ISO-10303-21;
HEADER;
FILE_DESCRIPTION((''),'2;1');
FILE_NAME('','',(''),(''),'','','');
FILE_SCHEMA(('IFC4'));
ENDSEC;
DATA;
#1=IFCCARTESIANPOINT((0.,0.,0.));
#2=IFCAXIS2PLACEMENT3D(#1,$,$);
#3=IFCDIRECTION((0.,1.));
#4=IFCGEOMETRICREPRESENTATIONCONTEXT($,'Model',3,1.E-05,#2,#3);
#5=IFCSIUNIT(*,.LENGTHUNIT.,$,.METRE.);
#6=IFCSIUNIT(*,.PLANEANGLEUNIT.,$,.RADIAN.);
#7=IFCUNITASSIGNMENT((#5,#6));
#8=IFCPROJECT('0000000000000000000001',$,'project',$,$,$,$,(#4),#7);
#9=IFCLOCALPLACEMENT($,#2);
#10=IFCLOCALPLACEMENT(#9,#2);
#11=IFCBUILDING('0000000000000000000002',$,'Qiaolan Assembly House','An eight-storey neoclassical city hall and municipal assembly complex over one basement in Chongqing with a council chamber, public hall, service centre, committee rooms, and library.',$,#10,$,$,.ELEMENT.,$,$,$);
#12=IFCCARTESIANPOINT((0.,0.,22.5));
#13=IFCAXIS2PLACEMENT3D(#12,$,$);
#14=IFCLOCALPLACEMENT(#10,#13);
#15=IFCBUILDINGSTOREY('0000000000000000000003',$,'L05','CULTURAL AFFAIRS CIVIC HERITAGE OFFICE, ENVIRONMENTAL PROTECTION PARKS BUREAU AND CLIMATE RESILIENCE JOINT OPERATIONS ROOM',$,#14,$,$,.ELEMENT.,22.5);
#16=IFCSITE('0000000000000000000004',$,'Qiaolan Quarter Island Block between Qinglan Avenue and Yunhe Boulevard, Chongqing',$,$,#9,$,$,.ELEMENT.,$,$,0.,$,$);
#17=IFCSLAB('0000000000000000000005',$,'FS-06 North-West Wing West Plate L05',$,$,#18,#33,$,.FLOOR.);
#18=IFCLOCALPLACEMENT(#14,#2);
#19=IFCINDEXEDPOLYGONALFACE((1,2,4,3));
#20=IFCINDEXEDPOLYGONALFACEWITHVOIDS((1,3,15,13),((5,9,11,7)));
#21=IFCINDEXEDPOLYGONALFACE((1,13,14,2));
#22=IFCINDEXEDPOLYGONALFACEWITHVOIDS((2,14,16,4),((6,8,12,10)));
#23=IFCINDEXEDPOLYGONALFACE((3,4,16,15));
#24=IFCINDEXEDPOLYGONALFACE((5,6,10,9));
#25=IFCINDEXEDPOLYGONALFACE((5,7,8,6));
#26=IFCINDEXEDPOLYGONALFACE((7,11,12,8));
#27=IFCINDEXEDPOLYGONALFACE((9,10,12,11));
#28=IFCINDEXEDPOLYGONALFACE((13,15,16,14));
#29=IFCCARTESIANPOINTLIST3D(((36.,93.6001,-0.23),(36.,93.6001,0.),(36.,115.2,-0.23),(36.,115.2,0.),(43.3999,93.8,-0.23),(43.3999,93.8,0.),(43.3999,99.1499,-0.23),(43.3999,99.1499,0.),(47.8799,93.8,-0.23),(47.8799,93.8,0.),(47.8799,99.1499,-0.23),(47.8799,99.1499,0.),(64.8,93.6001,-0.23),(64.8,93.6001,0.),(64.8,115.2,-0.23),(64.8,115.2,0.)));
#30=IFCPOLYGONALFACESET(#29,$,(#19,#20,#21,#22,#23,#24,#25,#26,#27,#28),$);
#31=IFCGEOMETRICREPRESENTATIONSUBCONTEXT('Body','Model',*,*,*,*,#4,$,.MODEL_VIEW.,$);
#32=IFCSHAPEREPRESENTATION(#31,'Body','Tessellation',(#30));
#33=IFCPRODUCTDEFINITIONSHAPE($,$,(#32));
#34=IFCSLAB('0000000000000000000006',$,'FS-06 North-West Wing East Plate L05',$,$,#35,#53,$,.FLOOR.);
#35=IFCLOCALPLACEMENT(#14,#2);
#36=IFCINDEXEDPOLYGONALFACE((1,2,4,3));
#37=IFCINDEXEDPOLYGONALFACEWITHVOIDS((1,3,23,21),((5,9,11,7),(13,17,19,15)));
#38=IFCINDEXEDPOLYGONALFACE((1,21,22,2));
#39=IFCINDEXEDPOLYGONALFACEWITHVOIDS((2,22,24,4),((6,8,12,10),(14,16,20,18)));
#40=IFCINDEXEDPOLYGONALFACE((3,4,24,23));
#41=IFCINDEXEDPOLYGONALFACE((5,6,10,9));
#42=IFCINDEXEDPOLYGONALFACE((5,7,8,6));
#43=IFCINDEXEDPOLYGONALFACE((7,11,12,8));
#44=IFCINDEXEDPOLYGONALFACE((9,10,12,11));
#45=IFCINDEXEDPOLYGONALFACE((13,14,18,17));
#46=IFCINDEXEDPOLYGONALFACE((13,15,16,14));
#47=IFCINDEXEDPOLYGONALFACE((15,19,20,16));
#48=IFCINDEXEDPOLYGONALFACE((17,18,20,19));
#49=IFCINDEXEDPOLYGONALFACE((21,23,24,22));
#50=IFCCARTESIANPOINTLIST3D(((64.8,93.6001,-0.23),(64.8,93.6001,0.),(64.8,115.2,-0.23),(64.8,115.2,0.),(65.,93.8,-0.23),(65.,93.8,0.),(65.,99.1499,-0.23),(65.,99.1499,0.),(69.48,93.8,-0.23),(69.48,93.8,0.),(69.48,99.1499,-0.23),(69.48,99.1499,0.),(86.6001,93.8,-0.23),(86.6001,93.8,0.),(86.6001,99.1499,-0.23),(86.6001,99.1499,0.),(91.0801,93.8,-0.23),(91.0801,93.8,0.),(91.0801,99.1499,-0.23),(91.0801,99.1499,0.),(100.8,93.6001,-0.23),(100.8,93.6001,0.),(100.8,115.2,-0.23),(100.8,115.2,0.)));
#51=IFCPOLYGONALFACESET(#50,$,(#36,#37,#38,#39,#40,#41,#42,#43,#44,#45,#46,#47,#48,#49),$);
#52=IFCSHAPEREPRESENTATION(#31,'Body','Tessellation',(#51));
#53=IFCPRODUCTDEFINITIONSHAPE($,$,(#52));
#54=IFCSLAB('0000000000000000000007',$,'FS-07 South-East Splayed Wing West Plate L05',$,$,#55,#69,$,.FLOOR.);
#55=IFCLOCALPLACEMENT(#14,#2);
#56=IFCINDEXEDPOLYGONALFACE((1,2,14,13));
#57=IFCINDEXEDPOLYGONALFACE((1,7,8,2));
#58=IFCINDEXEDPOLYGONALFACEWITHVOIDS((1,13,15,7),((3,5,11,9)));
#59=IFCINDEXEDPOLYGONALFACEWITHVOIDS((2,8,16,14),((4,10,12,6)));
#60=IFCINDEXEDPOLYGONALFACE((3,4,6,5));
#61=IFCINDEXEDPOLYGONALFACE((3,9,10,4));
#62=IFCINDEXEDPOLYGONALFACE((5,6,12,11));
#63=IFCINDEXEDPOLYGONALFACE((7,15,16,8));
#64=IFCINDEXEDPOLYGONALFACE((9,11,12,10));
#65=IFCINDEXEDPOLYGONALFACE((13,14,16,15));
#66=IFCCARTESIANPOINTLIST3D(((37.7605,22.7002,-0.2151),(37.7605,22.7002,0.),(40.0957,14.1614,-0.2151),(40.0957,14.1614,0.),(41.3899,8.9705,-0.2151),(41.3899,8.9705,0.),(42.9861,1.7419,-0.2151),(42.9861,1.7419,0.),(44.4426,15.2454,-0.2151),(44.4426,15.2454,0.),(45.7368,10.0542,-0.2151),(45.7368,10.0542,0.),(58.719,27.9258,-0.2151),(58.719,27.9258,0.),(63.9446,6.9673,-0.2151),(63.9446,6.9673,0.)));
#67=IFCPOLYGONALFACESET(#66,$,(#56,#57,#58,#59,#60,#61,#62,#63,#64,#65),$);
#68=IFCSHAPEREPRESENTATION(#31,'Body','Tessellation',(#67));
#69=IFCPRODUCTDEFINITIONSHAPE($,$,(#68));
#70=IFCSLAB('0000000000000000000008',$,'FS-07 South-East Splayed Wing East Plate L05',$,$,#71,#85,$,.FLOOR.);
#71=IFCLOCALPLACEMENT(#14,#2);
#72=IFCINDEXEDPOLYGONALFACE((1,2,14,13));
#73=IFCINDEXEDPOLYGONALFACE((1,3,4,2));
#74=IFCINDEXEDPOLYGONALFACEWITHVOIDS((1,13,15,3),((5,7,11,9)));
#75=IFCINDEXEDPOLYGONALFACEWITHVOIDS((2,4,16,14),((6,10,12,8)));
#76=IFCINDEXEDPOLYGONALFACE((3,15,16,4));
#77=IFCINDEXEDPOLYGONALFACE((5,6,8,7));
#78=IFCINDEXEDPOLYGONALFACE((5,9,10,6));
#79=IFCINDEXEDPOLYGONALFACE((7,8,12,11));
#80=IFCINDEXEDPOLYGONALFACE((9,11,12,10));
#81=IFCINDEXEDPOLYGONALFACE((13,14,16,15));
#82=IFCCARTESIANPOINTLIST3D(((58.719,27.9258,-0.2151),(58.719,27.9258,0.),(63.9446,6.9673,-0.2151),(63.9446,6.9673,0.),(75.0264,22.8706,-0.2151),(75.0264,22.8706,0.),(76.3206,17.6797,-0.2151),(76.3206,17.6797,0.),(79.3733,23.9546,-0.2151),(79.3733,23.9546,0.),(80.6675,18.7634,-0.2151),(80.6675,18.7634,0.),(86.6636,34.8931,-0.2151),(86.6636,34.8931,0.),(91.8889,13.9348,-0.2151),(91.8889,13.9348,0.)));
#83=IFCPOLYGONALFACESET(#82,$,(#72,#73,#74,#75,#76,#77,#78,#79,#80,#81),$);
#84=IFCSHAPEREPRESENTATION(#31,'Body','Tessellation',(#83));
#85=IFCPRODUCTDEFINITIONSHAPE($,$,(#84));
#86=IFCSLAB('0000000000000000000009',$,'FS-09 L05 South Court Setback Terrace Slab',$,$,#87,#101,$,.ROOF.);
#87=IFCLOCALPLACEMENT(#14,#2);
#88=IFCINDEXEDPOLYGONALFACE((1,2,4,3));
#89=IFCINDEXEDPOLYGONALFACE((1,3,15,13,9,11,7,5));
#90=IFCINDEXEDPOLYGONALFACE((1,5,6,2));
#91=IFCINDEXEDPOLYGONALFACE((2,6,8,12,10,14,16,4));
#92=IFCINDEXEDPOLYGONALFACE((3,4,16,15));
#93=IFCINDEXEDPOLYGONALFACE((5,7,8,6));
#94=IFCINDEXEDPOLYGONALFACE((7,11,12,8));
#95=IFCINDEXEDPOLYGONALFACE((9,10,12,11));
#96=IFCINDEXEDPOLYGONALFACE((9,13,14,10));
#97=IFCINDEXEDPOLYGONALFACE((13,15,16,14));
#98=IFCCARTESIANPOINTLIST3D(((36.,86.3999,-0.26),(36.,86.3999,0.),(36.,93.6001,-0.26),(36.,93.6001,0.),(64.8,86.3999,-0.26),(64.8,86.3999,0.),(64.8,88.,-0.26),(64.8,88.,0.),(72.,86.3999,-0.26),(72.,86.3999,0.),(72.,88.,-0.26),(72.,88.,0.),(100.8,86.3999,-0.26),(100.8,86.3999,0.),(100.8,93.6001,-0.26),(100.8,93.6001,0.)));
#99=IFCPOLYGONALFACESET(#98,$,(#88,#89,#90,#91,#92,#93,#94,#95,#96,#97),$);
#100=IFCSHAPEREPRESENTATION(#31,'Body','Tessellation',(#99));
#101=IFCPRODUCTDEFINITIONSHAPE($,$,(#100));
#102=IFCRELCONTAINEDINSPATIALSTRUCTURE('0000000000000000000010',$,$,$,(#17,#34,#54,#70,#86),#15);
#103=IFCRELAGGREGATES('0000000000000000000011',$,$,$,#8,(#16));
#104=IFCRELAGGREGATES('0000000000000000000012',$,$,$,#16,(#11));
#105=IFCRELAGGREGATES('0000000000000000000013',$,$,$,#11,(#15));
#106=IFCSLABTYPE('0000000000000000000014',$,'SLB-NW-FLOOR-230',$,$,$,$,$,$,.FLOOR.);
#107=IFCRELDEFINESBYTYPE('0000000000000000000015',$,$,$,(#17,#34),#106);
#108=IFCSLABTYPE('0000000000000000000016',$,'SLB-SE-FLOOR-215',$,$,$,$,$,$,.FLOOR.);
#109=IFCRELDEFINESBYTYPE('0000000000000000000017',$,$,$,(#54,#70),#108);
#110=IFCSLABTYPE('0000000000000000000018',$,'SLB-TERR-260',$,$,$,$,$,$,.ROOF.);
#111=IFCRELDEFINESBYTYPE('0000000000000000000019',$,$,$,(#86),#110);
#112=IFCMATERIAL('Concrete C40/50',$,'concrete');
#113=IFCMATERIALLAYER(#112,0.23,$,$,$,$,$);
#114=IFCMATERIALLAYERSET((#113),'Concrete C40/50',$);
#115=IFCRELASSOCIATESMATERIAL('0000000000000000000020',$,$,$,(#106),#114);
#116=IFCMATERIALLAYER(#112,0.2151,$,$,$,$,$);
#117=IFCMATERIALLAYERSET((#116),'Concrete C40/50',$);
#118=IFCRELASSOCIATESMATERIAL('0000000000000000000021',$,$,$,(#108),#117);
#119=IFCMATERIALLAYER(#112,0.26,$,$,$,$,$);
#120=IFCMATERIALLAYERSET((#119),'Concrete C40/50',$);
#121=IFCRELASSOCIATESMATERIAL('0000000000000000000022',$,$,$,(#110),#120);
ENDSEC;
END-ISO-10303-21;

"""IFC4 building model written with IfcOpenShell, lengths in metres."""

from ifc_helpers import new_model, si_unit, direction, frame, origin, place, context, subcontext, project, spatial, polyline, outline, extrude, material, layer, layer_set, type_object, element, save


model = new_model("IFC4")

# Units and contexts
model_context = context("Model", 3, precision=1e-05, world=origin(), true_north=direction((0.0, 1.0)))
body_context = subcontext(model_context, "Body", "Model", "MODEL_VIEW")
ifc_project = project(units=[si_unit("LENGTHUNIT", "METRE"), si_unit("PLANEANGLEUNIT", "RADIAN")], contexts=[model_context])

# Site, building, storey
site_placement = place(None, origin())
site = spatial("IfcSite", under=ifc_project, at=site_placement, Name="Qiaolan Quarter Island Block between Qinglan Avenue and Yunhe Boulevard, Chongqing", CompositionType="ELEMENT", RefElevation=0.0)
building_placement = place(site_placement, origin())
building = spatial("IfcBuilding", under=site, at=building_placement, Name="Qiaolan Assembly House", Description="An eight-storey neoclassical city hall and municipal assembly complex over one basement in Chongqing with a council chamber, public hall, service centre, committee rooms, and library.", CompositionType="ELEMENT")
storey_placement = place(building_placement, frame((0.0, 0.0, 22.5)))
storey = spatial("IfcBuildingStorey", under=building, at=storey_placement, Name="L05", Description="CULTURAL AFFAIRS CIVIC HERITAGE OFFICE, ENVIRONMENTAL PROTECTION PARKS BUREAU AND CLIMATE RESILIENCE JOINT OPERATIONS ROOM", CompositionType="ELEMENT", Elevation=22.5)

# Shared definitions
ifc_material_1 = material(Name="Concrete C40/50", Category="concrete")

# Slabs
ifc_layer_1 = layer(ifc_material_1, 0.23)
ifc_layer_set_1 = layer_set([ifc_layer_1], Name="Concrete C40/50")
slab_type_1 = type_object("IfcSlabType", Name="SLB-NW-FLOOR-230", PredefinedType="FLOOR", material=ifc_layer_set_1)
slab_1_placement = place(storey_placement, frame((0.0, 0.0, -0.23)))
element("IfcSlab", 1, at=slab_1_placement, inside=storey, type_object=slab_type_1, Name="FS-06 North-West Wing West Plate L05", PredefinedType="FLOOR", context=body_context, shape_type="SweptSolid", body=[
    extrude(outline(polyline([(36.0, 93.6001), (64.8, 93.6001), (64.8, 115.2), (36.0, 115.2), (36.0, 93.6001)]), holes=[polyline([(43.3999, 93.8), (43.3999, 99.1499), (47.8799, 99.1499), (47.8799, 93.8), (43.3999, 93.8)])]), origin(), (0.0, 0.0, 1.0), 0.23),
])
slab_2_placement = place(storey_placement, frame((0.0, 0.0, -0.23)))
element("IfcSlab", 2, at=slab_2_placement, inside=storey, type_object=slab_type_1, Name="FS-06 North-West Wing East Plate L05", PredefinedType="FLOOR", context=body_context, shape_type="SweptSolid", body=[
    extrude(outline(polyline([(64.8, 93.6001), (100.8, 93.6001), (100.8, 115.2), (64.8, 115.2), (64.8, 93.6001)]), holes=[polyline([(65.0, 93.8), (65.0, 99.1499), (69.48, 99.1499), (69.48, 93.8), (65.0, 93.8)]), polyline([(86.6001, 93.8), (86.6001, 99.1499), (91.0801, 99.1499), (91.0801, 93.8), (86.6001, 93.8)])]), origin(), (0.0, 0.0, 1.0), 0.23),
])
ifc_layer_2 = layer(ifc_material_1, 0.2151)
ifc_layer_set_2 = layer_set([ifc_layer_2], Name="Concrete C40/50")
slab_type_2 = type_object("IfcSlabType", Name="SLB-SE-FLOOR-215", PredefinedType="FLOOR", material=ifc_layer_set_2)
slab_3_placement = place(storey_placement, frame((0.0, 0.0, -0.2151)))
element("IfcSlab", 3, at=slab_3_placement, inside=storey, type_object=slab_type_2, Name="FS-07 South-East Splayed Wing West Plate L05", PredefinedType="FLOOR", context=body_context, shape_type="SweptSolid", body=[
    extrude(outline(polyline([(42.9861, 1.7419), (63.9446, 6.9673), (58.719, 27.9258), (37.7605, 22.7002), (42.9861, 1.7419)]), holes=[polyline([(40.0957, 14.1614), (44.4426, 15.2454), (45.7368, 10.0542), (41.3899, 8.9705), (40.0957, 14.1614)])]), origin(), (0.0, 0.0, 1.0), 0.2151),
])
slab_4_placement = place(storey_placement, frame((0.0, 0.0, -0.2151)))
element("IfcSlab", 4, at=slab_4_placement, inside=storey, type_object=slab_type_2, Name="FS-07 South-East Splayed Wing East Plate L05", PredefinedType="FLOOR", context=body_context, shape_type="SweptSolid", body=[
    extrude(outline(polyline([(63.9446, 6.9673), (91.8889, 13.9348), (86.6636, 34.8931), (58.719, 27.9258), (63.9446, 6.9673)]), holes=[polyline([(75.0264, 22.8706), (79.3733, 23.9546), (80.6675, 18.7634), (76.3206, 17.6797), (75.0264, 22.8706)])]), origin(), (0.0, 0.0, 1.0), 0.2151),
])
ifc_layer_3 = layer(ifc_material_1, 0.26)
ifc_layer_set_3 = layer_set([ifc_layer_3], Name="Concrete C40/50")
slab_type_3 = type_object("IfcSlabType", Name="SLB-TERR-260", PredefinedType="ROOF", material=ifc_layer_set_3)
slab_5_placement = place(storey_placement, frame((0.0, 0.0, -0.26)))
element("IfcSlab", 5, at=slab_5_placement, inside=storey, type_object=slab_type_3, Name="FS-09 L05 South Court Setback Terrace Slab", PredefinedType="ROOF", context=body_context, shape_type="SweptSolid", body=[
    extrude(outline(polyline([(36.0, 86.3999), (64.8, 86.3999), (64.8, 88.0), (72.0, 88.0), (72.0, 86.3999), (100.8, 86.3999), (100.8, 93.6001), (36.0, 93.6001), (36.0, 86.3999)])), origin(), (0.0, 0.0, 1.0), 0.26),
])

save(model, "model.ifc")
